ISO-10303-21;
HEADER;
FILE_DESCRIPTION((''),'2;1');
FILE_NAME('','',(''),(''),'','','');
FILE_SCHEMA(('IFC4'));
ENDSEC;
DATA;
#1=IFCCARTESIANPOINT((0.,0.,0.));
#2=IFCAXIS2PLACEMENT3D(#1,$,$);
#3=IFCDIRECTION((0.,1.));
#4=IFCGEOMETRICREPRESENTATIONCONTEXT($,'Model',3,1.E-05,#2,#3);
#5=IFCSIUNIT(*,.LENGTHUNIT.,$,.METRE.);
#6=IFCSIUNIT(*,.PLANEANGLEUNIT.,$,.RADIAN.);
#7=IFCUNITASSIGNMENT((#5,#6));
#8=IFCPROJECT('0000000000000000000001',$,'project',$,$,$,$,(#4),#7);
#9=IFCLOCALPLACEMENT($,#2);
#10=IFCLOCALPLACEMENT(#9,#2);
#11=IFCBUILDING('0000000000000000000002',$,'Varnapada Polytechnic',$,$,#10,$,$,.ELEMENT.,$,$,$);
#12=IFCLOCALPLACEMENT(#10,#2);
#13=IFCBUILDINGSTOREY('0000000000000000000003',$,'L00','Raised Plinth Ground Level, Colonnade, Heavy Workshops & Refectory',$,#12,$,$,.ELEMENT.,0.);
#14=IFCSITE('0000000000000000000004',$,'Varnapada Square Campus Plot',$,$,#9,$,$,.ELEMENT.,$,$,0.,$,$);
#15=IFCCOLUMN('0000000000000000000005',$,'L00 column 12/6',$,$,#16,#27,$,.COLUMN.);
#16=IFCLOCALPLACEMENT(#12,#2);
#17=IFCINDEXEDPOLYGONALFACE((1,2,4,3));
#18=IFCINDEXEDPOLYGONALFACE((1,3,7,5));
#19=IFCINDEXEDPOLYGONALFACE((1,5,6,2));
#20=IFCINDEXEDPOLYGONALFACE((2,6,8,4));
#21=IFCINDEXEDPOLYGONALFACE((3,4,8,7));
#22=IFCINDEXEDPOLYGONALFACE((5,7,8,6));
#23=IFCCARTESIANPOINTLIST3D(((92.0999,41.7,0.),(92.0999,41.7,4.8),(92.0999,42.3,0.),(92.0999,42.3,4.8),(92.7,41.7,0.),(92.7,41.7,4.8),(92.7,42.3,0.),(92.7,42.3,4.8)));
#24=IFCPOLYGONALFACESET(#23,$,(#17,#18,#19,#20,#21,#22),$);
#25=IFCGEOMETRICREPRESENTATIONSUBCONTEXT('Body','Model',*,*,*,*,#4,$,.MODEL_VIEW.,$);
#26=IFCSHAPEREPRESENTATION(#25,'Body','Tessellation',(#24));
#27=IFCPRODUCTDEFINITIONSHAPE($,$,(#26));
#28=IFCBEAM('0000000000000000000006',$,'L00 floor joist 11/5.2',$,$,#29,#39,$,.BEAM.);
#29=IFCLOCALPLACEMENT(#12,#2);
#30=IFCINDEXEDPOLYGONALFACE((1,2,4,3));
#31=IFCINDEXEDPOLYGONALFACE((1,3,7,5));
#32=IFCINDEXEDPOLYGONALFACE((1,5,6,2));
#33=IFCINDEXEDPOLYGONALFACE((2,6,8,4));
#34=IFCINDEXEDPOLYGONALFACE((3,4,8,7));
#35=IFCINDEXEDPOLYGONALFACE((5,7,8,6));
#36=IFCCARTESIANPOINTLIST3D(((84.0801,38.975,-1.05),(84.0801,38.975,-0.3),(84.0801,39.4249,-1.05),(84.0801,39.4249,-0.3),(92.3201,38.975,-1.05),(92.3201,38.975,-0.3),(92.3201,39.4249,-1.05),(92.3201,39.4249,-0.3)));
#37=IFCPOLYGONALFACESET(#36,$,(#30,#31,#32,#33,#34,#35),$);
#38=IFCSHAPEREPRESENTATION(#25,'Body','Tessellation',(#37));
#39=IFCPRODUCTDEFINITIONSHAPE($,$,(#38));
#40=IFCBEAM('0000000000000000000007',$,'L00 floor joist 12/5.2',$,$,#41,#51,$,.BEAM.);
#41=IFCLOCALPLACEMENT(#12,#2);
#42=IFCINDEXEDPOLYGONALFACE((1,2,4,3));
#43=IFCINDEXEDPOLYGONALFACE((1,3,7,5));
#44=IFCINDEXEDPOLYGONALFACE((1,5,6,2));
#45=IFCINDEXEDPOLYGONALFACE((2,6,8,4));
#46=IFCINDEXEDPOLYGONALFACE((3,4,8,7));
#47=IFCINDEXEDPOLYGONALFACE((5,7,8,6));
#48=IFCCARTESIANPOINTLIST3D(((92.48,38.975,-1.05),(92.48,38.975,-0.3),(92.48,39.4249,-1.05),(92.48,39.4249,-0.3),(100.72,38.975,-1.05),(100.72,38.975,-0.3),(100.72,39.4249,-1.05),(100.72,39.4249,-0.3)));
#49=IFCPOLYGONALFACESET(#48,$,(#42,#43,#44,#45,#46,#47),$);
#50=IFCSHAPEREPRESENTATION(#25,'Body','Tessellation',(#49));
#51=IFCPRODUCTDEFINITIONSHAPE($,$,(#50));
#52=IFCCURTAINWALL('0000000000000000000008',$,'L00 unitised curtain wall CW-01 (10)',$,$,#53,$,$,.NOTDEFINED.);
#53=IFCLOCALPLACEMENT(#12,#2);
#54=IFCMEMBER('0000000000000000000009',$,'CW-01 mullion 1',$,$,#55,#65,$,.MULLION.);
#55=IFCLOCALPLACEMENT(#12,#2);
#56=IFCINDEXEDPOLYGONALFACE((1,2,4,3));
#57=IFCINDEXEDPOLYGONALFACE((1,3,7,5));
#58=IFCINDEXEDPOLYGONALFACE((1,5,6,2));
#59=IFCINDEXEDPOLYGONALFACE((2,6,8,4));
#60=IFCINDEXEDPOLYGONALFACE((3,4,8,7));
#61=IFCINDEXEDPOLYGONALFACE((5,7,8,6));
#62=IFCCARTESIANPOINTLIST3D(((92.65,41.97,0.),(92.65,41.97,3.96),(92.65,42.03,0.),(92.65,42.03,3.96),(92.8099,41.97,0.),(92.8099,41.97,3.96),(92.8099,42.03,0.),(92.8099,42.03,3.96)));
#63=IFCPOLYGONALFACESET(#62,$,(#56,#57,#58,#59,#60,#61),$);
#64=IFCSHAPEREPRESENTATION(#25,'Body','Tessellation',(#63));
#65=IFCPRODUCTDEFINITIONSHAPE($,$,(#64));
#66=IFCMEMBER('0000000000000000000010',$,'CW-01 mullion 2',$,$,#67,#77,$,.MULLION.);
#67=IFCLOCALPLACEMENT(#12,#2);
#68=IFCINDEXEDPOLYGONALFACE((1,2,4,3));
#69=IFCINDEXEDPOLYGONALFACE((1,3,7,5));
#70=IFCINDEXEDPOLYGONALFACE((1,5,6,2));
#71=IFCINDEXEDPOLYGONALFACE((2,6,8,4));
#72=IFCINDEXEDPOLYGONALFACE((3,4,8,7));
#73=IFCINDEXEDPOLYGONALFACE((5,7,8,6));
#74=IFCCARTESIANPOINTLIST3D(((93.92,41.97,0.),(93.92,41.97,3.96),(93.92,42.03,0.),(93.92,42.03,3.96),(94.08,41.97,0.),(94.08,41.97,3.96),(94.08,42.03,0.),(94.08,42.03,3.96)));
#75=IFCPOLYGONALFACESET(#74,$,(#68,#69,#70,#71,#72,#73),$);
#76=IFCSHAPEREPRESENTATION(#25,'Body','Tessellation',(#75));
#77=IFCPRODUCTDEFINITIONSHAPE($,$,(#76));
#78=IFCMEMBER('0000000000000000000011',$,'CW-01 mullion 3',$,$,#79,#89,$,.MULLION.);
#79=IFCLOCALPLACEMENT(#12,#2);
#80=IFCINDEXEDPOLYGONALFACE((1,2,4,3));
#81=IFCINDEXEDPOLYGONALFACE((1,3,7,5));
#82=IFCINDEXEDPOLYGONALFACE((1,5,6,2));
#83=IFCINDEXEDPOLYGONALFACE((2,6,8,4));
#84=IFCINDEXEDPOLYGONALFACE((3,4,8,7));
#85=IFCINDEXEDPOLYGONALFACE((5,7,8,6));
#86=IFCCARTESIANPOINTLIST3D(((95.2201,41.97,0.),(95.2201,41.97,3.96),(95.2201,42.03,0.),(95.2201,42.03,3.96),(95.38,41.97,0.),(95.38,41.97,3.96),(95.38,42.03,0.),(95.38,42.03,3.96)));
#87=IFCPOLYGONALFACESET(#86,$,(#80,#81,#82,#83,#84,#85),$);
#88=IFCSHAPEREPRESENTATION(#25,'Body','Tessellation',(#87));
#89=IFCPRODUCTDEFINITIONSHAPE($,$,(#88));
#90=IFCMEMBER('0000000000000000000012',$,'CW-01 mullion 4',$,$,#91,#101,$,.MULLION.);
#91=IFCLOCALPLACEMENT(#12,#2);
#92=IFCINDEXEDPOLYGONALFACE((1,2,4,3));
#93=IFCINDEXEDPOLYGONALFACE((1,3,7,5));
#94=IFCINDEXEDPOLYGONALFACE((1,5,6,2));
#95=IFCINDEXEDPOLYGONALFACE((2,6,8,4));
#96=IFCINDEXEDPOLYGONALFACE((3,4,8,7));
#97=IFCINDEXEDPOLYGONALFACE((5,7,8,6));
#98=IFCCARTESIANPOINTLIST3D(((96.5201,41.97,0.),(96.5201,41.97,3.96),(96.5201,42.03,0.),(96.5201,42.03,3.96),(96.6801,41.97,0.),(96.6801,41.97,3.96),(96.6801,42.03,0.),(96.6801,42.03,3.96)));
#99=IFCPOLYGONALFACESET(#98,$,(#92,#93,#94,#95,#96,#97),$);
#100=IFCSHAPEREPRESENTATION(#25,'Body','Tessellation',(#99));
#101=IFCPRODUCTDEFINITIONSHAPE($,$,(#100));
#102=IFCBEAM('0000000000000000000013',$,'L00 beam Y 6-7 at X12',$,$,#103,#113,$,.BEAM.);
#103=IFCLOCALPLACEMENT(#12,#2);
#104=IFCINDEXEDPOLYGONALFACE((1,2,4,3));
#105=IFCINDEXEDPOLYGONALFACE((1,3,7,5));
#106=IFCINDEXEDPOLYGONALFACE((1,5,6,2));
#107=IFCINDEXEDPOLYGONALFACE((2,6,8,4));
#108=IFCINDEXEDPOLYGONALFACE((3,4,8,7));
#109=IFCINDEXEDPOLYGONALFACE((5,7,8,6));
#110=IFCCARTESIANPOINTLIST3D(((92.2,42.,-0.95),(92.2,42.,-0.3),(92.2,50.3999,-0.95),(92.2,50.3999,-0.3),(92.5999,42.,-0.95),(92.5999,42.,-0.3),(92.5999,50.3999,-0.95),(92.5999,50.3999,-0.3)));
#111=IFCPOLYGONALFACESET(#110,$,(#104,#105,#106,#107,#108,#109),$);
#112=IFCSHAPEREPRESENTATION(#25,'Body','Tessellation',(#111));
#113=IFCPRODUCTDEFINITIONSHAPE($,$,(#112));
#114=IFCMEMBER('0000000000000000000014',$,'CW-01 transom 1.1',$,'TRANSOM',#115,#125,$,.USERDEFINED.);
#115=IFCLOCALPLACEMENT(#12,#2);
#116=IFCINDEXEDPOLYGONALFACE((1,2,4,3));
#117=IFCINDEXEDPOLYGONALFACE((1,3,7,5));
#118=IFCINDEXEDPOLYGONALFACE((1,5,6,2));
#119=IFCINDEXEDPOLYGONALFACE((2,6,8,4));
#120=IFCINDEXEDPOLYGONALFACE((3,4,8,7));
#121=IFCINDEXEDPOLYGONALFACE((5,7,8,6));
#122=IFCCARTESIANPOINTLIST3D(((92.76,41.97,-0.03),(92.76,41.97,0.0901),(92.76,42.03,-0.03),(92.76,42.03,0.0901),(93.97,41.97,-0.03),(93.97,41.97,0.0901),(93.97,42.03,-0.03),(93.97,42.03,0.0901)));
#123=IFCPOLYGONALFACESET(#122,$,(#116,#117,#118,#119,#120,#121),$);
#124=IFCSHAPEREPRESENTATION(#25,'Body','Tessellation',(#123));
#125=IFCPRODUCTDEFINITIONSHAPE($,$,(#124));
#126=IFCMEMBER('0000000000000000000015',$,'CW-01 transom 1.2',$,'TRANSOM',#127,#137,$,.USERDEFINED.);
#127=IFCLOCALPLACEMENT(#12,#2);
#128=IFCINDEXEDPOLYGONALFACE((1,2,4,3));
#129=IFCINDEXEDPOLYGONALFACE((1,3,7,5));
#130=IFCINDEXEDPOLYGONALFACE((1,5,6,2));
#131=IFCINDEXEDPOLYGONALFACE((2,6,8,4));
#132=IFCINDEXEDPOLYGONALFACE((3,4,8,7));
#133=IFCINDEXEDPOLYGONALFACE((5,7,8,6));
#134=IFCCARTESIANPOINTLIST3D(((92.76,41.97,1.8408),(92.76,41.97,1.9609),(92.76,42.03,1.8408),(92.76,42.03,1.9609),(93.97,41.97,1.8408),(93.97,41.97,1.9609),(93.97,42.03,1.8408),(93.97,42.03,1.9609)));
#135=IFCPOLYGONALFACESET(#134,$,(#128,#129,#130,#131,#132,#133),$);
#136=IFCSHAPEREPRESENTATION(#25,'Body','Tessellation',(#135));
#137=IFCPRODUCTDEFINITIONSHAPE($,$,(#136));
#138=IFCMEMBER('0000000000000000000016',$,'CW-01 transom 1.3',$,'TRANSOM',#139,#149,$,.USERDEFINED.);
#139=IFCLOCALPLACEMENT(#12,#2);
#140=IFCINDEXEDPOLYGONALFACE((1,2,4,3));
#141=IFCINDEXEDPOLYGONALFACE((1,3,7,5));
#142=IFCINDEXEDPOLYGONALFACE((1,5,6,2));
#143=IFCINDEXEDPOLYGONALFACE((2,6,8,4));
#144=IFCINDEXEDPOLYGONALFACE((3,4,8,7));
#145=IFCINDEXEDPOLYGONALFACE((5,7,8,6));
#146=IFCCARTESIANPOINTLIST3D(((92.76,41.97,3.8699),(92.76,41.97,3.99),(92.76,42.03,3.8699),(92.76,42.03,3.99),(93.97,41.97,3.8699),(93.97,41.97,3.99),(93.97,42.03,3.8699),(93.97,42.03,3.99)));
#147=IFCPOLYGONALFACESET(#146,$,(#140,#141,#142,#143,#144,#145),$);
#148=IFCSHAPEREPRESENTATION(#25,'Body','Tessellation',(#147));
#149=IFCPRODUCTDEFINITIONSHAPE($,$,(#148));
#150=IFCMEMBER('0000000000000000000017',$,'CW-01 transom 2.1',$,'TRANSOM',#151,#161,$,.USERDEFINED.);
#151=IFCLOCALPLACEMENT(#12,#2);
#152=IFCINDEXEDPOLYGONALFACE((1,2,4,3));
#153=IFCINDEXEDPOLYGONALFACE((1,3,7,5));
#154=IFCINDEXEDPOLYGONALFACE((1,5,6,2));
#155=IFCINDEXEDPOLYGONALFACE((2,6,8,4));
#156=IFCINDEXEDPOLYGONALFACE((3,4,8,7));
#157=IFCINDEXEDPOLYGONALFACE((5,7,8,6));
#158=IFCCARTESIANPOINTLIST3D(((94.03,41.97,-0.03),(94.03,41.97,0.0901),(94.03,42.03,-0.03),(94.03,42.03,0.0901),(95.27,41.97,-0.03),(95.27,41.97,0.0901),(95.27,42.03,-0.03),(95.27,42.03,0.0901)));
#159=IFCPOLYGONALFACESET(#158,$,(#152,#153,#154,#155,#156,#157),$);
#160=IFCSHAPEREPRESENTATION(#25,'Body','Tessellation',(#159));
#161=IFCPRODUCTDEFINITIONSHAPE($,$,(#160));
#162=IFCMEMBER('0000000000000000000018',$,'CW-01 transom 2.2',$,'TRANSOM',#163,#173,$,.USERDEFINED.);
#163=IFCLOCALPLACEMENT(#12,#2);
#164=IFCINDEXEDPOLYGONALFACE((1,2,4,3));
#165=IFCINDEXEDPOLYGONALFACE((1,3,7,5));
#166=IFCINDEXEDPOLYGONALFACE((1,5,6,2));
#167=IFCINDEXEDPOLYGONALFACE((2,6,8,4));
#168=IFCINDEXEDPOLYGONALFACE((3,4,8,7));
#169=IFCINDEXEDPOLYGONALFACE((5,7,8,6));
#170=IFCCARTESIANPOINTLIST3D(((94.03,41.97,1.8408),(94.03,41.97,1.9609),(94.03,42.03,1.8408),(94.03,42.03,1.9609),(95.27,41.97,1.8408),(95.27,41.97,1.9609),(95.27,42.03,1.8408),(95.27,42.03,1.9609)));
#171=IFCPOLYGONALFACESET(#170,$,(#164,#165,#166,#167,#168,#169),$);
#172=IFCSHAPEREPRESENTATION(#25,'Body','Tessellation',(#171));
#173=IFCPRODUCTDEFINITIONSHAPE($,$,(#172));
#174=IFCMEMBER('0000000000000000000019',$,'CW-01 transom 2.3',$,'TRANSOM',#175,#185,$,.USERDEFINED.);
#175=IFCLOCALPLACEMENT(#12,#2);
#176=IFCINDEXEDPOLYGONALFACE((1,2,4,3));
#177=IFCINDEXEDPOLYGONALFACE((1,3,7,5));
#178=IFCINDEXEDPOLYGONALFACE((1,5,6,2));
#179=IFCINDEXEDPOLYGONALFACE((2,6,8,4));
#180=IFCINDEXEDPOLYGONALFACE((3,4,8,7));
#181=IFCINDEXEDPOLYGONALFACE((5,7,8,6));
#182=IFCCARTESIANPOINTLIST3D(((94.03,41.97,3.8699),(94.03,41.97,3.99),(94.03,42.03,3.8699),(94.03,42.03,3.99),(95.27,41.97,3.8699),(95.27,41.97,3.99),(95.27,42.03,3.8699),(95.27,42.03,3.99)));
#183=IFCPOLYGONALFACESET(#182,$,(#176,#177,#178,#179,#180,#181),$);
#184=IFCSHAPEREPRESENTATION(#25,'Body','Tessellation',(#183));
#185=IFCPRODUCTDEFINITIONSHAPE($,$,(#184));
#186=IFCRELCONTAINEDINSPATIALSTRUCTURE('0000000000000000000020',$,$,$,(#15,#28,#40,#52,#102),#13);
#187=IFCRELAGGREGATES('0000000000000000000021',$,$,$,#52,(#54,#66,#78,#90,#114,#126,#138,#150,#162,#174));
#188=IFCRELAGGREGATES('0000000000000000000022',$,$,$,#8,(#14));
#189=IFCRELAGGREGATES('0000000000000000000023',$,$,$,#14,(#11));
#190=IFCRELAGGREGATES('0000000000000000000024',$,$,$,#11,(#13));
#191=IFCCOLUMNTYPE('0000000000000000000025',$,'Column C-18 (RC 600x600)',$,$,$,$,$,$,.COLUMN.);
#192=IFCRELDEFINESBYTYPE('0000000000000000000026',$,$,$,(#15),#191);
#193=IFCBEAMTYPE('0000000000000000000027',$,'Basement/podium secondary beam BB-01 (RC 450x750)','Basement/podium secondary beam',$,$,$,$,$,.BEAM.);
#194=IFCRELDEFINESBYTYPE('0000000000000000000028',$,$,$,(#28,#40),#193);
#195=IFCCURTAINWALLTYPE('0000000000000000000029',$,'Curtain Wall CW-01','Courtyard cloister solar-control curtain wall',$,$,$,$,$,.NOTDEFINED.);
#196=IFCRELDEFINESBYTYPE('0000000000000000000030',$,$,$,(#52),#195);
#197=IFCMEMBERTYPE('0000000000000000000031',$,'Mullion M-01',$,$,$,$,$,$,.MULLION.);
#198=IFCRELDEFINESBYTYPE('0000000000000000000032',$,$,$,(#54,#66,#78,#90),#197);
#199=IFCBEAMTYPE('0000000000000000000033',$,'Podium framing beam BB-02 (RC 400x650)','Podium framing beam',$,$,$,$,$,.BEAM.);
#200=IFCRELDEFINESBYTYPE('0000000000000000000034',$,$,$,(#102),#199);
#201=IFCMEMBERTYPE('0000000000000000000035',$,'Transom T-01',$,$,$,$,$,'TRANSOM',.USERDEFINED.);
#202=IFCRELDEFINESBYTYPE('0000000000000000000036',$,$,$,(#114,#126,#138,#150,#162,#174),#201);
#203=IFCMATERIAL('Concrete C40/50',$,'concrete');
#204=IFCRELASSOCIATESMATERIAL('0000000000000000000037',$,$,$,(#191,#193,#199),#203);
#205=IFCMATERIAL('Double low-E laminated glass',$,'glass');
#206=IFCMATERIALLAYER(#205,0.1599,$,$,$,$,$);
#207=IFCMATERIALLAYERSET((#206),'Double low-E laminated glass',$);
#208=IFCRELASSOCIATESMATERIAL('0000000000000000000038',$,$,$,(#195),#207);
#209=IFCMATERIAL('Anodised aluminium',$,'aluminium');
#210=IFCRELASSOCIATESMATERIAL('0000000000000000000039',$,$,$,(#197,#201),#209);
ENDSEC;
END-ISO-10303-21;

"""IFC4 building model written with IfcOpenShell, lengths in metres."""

from ifc_helpers import new_model, si_unit, direction, frame, origin, origin_2d, place, context, subcontext, project, spatial, rectangle, extrude, material, layer, layer_set, material_profile, profile_set, type_object, element, aggregate, save


model = new_model("IFC4")

# Units and contexts
model_context = context("Model", 3, precision=1e-05, world=origin(), true_north=direction((0.0, 1.0)))
body_context = subcontext(model_context, "Body", "Model", "MODEL_VIEW")
ifc_project = project(units=[si_unit("LENGTHUNIT", "METRE"), si_unit("PLANEANGLEUNIT", "RADIAN")], contexts=[model_context])

# Site, building, storey
site_placement = place(None, origin())
site = spatial("IfcSite", under=ifc_project, at=site_placement, Name="Varnapada Square Campus Plot", CompositionType="ELEMENT", RefElevation=0.0)
building_placement = place(site_placement, origin())
building = spatial("IfcBuilding", under=site, at=building_placement, Name="Varnapada Polytechnic", CompositionType="ELEMENT")
storey_placement = place(building_placement, origin())
storey = spatial("IfcBuildingStorey", under=building, at=storey_placement, Name="L00", Description="Raised Plinth Ground Level, Colonnade, Heavy Workshops & Refectory", CompositionType="ELEMENT", Elevation=0.0)

# Column
ifc_material_1 = material(Name="Concrete C40/50", Category="concrete")
ifc_material_profile_1 = material_profile(ifc_material_1, rectangle(XDim=0.6001, YDim=0.6001, at=origin_2d()), Name="RC 600x600")
ifc_profile_set_1 = profile_set([ifc_material_profile_1], Name="Concrete C40/50")
column_type = type_object("IfcColumnType", Name="Column C-18 (RC 600x600)", PredefinedType="COLUMN", material=ifc_profile_set_1)
column_placement = place(storey_placement, frame((92.3999, 42.0, 0.0), z_axis=(0.0, 0.0, 1.0), x_axis=(1.0, 0.0, 0.0)))
element("IfcColumn", 1, at=column_placement, inside=storey, type_object=column_type, Name="L00 column 12/6", PredefinedType="COLUMN", context=body_context, shape_type="SweptSolid", body=[
    extrude(rectangle(XDim=0.6001, YDim=0.6001, at=origin_2d()), origin(), (0.0, 0.0, 1.0), 4.8),
])

# Beams
ifc_material_profile_2 = material_profile(ifc_material_1, rectangle(XDim=0.45, YDim=0.75, at=origin_2d()), Name="RC 450x750")
ifc_profile_set_2 = profile_set([ifc_material_profile_2], Name="Concrete C40/50")
beam_type_1 = type_object("IfcBeamType", Name="Basement/podium secondary beam BB-01 (RC 450x750)", Description="Basement/podium secondary beam", PredefinedType="BEAM", material=ifc_profile_set_2)
for number, where, z_axis, x_axis, name in (
    (2, (84.0801, 39.2, -0.675), (1.0, 0.0, 0.0), (0.0, 1.0, 0.0), "L00 floor joist 11/5.2"),
    (3, (92.48, 39.2, -0.675), (1.0, 0.0, 0.0), (0.0, 1.0, 0.0), "L00 floor joist 12/5.2"),
):
    element("IfcBeam", number, at=place(storey_placement, frame(where, z_axis=z_axis, x_axis=x_axis)), inside=storey, type_object=beam_type_1, Name=name, PredefinedType="BEAM", context=body_context, shape_type="SweptSolid", body=[
        extrude(rectangle(XDim=0.45, YDim=0.75, at=origin_2d()), origin(), (0.0, 0.0, 1.0), 8.24),
    ])

# Curtain wall, members
ifc_material_2 = material(Name="Double low-E laminated glass", Category="glass")
ifc_layer_1 = layer(ifc_material_2, 0.1599)
ifc_layer_set_1 = layer_set([ifc_layer_1], Name="Double low-E laminated glass")
curtain_wall_type = type_object("IfcCurtainWallType", Name="Curtain Wall CW-01", Description="Courtyard cloister solar-control curtain wall", PredefinedType="NOTDEFINED", material=ifc_layer_set_1)
curtain_wall_placement = place(storey_placement, origin())
curtain_wall = element("IfcCurtainWall", 4, at=curtain_wall_placement, inside=storey, type_object=curtain_wall_type, Name="L00 unitised curtain wall CW-01 (10)", PredefinedType="NOTDEFINED")
ifc_material_3 = material(Name="Anodised aluminium", Category="aluminium")
ifc_material_profile_3 = material_profile(ifc_material_3, rectangle(XDim=0.0601, YDim=0.1599, at=origin_2d()), Name="ALU M60x160")
ifc_profile_set_3 = profile_set([ifc_material_profile_3], Name="Anodised aluminium")
member_type_1 = type_object("IfcMemberType", Name="Mullion M-01", PredefinedType="MULLION", material=ifc_profile_set_3)
member_1_placement = place(storey_placement, frame((92.73, 42.0, 0.0), z_axis=(0.0, 0.0, 1.0), x_axis=(0.0, 1.0, 0.0)))
member_1 = element("IfcMember", 5, at=member_1_placement, type_object=member_type_1, Name="CW-01 mullion 1", PredefinedType="MULLION", context=body_context, shape_type="SweptSolid", body=[
    extrude(rectangle(XDim=0.0601, YDim=0.1599, at=origin_2d()), origin(), (0.0, 0.0, 1.0), 3.96),
])
member_2_placement = place(storey_placement, frame((94.0, 42.0, 0.0), z_axis=(0.0, 0.0, 1.0), x_axis=(0.0, 1.0, 0.0)))
member_2 = element("IfcMember", 6, at=member_2_placement, type_object=member_type_1, Name="CW-01 mullion 2", PredefinedType="MULLION", context=body_context, shape_type="SweptSolid", body=[
    extrude(rectangle(XDim=0.0601, YDim=0.1599, at=origin_2d()), origin(), (0.0, 0.0, 1.0), 3.96),
])
member_3_placement = place(storey_placement, frame((95.3, 42.0, 0.0), z_axis=(0.0, 0.0, 1.0), x_axis=(0.0, 1.0, 0.0)))
member_3 = element("IfcMember", 7, at=member_3_placement, type_object=member_type_1, Name="CW-01 mullion 3", PredefinedType="MULLION", context=body_context, shape_type="SweptSolid", body=[
    extrude(rectangle(XDim=0.0601, YDim=0.1599, at=origin_2d()), origin(), (0.0, 0.0, 1.0), 3.96),
])
member_4_placement = place(storey_placement, frame((96.6001, 42.0, 0.0), z_axis=(0.0, 0.0, 1.0), x_axis=(0.0, 1.0, 0.0)))
member_4 = element("IfcMember", 8, at=member_4_placement, type_object=member_type_1, Name="CW-01 mullion 4", PredefinedType="MULLION", context=body_context, shape_type="SweptSolid", body=[
    extrude(rectangle(XDim=0.0601, YDim=0.1599, at=origin_2d()), origin(), (0.0, 0.0, 1.0), 3.96),
])

# Beam
ifc_material_profile_4 = material_profile(ifc_material_1, rectangle(XDim=0.3999, YDim=0.6499, at=origin_2d()), Name="RC 400x650")
ifc_profile_set_4 = profile_set([ifc_material_profile_4], Name="Concrete C40/50")
beam_type_2 = type_object("IfcBeamType", Name="Podium framing beam BB-02 (RC 400x650)", Description="Podium framing beam", PredefinedType="BEAM", material=ifc_profile_set_4)
beam_1_placement = place(storey_placement, frame((92.3999, 42.0, -0.625), z_axis=(0.0, 1.0, 0.0), x_axis=(-1.0, 0.0, 0.0)))
element("IfcBeam", 9, at=beam_1_placement, inside=storey, type_object=beam_type_2, Name="L00 beam Y 6-7 at X12", PredefinedType="BEAM", context=body_context, shape_type="SweptSolid", body=[
    extrude(rectangle(XDim=0.3999, YDim=0.6499, at=origin_2d()), origin(), (0.0, 0.0, 1.0), 8.3999),
])

# Members
ifc_material_profile_5 = material_profile(ifc_material_3, rectangle(XDim=0.0601, YDim=0.1201, at=origin_2d()), Name="ALU T60x120")
ifc_profile_set_5 = profile_set([ifc_material_profile_5], Name="Anodised aluminium")
member_type_2 = type_object("IfcMemberType", Name="Transom T-01", ElementType="TRANSOM", PredefinedType="USERDEFINED", material=ifc_profile_set_5)
member_5_placement = place(storey_placement, frame((92.76, 42.0, 0.03), z_axis=(1.0, 0.0, 0.0), x_axis=(0.0, 1.0, 0.0)))
member_5 = element("IfcMember", 10, at=member_5_placement, type_object=member_type_2, Name="CW-01 transom 1.1", ObjectType="TRANSOM", PredefinedType="USERDEFINED", context=body_context, shape_type="SweptSolid", body=[
    extrude(rectangle(XDim=0.0601, YDim=0.1201, at=origin_2d()), origin(), (0.0, 0.0, 1.0), 1.21),
])
member_6_placement = place(storey_placement, frame((92.76, 42.0, 1.9009), z_axis=(1.0, 0.0, 0.0), x_axis=(0.0, 1.0, 0.0)))
member_6 = element("IfcMember", 11, at=member_6_placement, type_object=member_type_2, Name="CW-01 transom 1.2", ObjectType="TRANSOM", PredefinedType="USERDEFINED", context=body_context, shape_type="SweptSolid", body=[
    extrude(rectangle(XDim=0.0601, YDim=0.1201, at=origin_2d()), origin(), (0.0, 0.0, 1.0), 1.21),
])
member_7_placement = place(storey_placement, frame((92.76, 42.0, 3.9299), z_axis=(1.0, 0.0, 0.0), x_axis=(0.0, 1.0, 0.0)))
member_7 = element("IfcMember", 12, at=member_7_placement, type_object=member_type_2, Name="CW-01 transom 1.3", ObjectType="TRANSOM", PredefinedType="USERDEFINED", context=body_context, shape_type="SweptSolid", body=[
    extrude(rectangle(XDim=0.0601, YDim=0.1201, at=origin_2d()), origin(), (0.0, 0.0, 1.0), 1.21),
])
member_8_placement = place(storey_placement, frame((94.03, 42.0, 0.03), z_axis=(1.0, 0.0, 0.0), x_axis=(0.0, 1.0, 0.0)))
member_8 = element("IfcMember", 13, at=member_8_placement, type_object=member_type_2, Name="CW-01 transom 2.1", ObjectType="TRANSOM", PredefinedType="USERDEFINED", context=body_context, shape_type="SweptSolid", body=[
    extrude(rectangle(XDim=0.0601, YDim=0.1201, at=origin_2d()), origin(), (0.0, 0.0, 1.0), 1.24),
])
member_9_placement = place(storey_placement, frame((94.03, 42.0, 1.9009), z_axis=(1.0, 0.0, 0.0), x_axis=(0.0, 1.0, 0.0)))
member_9 = element("IfcMember", 14, at=member_9_placement, type_object=member_type_2, Name="CW-01 transom 2.2", ObjectType="TRANSOM", PredefinedType="USERDEFINED", context=body_context, shape_type="SweptSolid", body=[
    extrude(rectangle(XDim=0.0601, YDim=0.1201, at=origin_2d()), origin(), (0.0, 0.0, 1.0), 1.24),
])
member_10_placement = place(storey_placement, frame((94.03, 42.0, 3.9299), z_axis=(1.0, 0.0, 0.0), x_axis=(0.0, 1.0, 0.0)))
member_10 = element("IfcMember", 15, at=member_10_placement, type_object=member_type_2, Name="CW-01 transom 2.3", ObjectType="TRANSOM", PredefinedType="USERDEFINED", context=body_context, shape_type="SweptSolid", body=[
    extrude(rectangle(XDim=0.0601, YDim=0.1201, at=origin_2d()), origin(), (0.0, 0.0, 1.0), 1.24),
])

aggregate(curtain_wall, [member_1, member_2, member_3, member_4, member_5, member_6, member_7, member_8, member_9, member_10])

save(model, "model.ifc")
